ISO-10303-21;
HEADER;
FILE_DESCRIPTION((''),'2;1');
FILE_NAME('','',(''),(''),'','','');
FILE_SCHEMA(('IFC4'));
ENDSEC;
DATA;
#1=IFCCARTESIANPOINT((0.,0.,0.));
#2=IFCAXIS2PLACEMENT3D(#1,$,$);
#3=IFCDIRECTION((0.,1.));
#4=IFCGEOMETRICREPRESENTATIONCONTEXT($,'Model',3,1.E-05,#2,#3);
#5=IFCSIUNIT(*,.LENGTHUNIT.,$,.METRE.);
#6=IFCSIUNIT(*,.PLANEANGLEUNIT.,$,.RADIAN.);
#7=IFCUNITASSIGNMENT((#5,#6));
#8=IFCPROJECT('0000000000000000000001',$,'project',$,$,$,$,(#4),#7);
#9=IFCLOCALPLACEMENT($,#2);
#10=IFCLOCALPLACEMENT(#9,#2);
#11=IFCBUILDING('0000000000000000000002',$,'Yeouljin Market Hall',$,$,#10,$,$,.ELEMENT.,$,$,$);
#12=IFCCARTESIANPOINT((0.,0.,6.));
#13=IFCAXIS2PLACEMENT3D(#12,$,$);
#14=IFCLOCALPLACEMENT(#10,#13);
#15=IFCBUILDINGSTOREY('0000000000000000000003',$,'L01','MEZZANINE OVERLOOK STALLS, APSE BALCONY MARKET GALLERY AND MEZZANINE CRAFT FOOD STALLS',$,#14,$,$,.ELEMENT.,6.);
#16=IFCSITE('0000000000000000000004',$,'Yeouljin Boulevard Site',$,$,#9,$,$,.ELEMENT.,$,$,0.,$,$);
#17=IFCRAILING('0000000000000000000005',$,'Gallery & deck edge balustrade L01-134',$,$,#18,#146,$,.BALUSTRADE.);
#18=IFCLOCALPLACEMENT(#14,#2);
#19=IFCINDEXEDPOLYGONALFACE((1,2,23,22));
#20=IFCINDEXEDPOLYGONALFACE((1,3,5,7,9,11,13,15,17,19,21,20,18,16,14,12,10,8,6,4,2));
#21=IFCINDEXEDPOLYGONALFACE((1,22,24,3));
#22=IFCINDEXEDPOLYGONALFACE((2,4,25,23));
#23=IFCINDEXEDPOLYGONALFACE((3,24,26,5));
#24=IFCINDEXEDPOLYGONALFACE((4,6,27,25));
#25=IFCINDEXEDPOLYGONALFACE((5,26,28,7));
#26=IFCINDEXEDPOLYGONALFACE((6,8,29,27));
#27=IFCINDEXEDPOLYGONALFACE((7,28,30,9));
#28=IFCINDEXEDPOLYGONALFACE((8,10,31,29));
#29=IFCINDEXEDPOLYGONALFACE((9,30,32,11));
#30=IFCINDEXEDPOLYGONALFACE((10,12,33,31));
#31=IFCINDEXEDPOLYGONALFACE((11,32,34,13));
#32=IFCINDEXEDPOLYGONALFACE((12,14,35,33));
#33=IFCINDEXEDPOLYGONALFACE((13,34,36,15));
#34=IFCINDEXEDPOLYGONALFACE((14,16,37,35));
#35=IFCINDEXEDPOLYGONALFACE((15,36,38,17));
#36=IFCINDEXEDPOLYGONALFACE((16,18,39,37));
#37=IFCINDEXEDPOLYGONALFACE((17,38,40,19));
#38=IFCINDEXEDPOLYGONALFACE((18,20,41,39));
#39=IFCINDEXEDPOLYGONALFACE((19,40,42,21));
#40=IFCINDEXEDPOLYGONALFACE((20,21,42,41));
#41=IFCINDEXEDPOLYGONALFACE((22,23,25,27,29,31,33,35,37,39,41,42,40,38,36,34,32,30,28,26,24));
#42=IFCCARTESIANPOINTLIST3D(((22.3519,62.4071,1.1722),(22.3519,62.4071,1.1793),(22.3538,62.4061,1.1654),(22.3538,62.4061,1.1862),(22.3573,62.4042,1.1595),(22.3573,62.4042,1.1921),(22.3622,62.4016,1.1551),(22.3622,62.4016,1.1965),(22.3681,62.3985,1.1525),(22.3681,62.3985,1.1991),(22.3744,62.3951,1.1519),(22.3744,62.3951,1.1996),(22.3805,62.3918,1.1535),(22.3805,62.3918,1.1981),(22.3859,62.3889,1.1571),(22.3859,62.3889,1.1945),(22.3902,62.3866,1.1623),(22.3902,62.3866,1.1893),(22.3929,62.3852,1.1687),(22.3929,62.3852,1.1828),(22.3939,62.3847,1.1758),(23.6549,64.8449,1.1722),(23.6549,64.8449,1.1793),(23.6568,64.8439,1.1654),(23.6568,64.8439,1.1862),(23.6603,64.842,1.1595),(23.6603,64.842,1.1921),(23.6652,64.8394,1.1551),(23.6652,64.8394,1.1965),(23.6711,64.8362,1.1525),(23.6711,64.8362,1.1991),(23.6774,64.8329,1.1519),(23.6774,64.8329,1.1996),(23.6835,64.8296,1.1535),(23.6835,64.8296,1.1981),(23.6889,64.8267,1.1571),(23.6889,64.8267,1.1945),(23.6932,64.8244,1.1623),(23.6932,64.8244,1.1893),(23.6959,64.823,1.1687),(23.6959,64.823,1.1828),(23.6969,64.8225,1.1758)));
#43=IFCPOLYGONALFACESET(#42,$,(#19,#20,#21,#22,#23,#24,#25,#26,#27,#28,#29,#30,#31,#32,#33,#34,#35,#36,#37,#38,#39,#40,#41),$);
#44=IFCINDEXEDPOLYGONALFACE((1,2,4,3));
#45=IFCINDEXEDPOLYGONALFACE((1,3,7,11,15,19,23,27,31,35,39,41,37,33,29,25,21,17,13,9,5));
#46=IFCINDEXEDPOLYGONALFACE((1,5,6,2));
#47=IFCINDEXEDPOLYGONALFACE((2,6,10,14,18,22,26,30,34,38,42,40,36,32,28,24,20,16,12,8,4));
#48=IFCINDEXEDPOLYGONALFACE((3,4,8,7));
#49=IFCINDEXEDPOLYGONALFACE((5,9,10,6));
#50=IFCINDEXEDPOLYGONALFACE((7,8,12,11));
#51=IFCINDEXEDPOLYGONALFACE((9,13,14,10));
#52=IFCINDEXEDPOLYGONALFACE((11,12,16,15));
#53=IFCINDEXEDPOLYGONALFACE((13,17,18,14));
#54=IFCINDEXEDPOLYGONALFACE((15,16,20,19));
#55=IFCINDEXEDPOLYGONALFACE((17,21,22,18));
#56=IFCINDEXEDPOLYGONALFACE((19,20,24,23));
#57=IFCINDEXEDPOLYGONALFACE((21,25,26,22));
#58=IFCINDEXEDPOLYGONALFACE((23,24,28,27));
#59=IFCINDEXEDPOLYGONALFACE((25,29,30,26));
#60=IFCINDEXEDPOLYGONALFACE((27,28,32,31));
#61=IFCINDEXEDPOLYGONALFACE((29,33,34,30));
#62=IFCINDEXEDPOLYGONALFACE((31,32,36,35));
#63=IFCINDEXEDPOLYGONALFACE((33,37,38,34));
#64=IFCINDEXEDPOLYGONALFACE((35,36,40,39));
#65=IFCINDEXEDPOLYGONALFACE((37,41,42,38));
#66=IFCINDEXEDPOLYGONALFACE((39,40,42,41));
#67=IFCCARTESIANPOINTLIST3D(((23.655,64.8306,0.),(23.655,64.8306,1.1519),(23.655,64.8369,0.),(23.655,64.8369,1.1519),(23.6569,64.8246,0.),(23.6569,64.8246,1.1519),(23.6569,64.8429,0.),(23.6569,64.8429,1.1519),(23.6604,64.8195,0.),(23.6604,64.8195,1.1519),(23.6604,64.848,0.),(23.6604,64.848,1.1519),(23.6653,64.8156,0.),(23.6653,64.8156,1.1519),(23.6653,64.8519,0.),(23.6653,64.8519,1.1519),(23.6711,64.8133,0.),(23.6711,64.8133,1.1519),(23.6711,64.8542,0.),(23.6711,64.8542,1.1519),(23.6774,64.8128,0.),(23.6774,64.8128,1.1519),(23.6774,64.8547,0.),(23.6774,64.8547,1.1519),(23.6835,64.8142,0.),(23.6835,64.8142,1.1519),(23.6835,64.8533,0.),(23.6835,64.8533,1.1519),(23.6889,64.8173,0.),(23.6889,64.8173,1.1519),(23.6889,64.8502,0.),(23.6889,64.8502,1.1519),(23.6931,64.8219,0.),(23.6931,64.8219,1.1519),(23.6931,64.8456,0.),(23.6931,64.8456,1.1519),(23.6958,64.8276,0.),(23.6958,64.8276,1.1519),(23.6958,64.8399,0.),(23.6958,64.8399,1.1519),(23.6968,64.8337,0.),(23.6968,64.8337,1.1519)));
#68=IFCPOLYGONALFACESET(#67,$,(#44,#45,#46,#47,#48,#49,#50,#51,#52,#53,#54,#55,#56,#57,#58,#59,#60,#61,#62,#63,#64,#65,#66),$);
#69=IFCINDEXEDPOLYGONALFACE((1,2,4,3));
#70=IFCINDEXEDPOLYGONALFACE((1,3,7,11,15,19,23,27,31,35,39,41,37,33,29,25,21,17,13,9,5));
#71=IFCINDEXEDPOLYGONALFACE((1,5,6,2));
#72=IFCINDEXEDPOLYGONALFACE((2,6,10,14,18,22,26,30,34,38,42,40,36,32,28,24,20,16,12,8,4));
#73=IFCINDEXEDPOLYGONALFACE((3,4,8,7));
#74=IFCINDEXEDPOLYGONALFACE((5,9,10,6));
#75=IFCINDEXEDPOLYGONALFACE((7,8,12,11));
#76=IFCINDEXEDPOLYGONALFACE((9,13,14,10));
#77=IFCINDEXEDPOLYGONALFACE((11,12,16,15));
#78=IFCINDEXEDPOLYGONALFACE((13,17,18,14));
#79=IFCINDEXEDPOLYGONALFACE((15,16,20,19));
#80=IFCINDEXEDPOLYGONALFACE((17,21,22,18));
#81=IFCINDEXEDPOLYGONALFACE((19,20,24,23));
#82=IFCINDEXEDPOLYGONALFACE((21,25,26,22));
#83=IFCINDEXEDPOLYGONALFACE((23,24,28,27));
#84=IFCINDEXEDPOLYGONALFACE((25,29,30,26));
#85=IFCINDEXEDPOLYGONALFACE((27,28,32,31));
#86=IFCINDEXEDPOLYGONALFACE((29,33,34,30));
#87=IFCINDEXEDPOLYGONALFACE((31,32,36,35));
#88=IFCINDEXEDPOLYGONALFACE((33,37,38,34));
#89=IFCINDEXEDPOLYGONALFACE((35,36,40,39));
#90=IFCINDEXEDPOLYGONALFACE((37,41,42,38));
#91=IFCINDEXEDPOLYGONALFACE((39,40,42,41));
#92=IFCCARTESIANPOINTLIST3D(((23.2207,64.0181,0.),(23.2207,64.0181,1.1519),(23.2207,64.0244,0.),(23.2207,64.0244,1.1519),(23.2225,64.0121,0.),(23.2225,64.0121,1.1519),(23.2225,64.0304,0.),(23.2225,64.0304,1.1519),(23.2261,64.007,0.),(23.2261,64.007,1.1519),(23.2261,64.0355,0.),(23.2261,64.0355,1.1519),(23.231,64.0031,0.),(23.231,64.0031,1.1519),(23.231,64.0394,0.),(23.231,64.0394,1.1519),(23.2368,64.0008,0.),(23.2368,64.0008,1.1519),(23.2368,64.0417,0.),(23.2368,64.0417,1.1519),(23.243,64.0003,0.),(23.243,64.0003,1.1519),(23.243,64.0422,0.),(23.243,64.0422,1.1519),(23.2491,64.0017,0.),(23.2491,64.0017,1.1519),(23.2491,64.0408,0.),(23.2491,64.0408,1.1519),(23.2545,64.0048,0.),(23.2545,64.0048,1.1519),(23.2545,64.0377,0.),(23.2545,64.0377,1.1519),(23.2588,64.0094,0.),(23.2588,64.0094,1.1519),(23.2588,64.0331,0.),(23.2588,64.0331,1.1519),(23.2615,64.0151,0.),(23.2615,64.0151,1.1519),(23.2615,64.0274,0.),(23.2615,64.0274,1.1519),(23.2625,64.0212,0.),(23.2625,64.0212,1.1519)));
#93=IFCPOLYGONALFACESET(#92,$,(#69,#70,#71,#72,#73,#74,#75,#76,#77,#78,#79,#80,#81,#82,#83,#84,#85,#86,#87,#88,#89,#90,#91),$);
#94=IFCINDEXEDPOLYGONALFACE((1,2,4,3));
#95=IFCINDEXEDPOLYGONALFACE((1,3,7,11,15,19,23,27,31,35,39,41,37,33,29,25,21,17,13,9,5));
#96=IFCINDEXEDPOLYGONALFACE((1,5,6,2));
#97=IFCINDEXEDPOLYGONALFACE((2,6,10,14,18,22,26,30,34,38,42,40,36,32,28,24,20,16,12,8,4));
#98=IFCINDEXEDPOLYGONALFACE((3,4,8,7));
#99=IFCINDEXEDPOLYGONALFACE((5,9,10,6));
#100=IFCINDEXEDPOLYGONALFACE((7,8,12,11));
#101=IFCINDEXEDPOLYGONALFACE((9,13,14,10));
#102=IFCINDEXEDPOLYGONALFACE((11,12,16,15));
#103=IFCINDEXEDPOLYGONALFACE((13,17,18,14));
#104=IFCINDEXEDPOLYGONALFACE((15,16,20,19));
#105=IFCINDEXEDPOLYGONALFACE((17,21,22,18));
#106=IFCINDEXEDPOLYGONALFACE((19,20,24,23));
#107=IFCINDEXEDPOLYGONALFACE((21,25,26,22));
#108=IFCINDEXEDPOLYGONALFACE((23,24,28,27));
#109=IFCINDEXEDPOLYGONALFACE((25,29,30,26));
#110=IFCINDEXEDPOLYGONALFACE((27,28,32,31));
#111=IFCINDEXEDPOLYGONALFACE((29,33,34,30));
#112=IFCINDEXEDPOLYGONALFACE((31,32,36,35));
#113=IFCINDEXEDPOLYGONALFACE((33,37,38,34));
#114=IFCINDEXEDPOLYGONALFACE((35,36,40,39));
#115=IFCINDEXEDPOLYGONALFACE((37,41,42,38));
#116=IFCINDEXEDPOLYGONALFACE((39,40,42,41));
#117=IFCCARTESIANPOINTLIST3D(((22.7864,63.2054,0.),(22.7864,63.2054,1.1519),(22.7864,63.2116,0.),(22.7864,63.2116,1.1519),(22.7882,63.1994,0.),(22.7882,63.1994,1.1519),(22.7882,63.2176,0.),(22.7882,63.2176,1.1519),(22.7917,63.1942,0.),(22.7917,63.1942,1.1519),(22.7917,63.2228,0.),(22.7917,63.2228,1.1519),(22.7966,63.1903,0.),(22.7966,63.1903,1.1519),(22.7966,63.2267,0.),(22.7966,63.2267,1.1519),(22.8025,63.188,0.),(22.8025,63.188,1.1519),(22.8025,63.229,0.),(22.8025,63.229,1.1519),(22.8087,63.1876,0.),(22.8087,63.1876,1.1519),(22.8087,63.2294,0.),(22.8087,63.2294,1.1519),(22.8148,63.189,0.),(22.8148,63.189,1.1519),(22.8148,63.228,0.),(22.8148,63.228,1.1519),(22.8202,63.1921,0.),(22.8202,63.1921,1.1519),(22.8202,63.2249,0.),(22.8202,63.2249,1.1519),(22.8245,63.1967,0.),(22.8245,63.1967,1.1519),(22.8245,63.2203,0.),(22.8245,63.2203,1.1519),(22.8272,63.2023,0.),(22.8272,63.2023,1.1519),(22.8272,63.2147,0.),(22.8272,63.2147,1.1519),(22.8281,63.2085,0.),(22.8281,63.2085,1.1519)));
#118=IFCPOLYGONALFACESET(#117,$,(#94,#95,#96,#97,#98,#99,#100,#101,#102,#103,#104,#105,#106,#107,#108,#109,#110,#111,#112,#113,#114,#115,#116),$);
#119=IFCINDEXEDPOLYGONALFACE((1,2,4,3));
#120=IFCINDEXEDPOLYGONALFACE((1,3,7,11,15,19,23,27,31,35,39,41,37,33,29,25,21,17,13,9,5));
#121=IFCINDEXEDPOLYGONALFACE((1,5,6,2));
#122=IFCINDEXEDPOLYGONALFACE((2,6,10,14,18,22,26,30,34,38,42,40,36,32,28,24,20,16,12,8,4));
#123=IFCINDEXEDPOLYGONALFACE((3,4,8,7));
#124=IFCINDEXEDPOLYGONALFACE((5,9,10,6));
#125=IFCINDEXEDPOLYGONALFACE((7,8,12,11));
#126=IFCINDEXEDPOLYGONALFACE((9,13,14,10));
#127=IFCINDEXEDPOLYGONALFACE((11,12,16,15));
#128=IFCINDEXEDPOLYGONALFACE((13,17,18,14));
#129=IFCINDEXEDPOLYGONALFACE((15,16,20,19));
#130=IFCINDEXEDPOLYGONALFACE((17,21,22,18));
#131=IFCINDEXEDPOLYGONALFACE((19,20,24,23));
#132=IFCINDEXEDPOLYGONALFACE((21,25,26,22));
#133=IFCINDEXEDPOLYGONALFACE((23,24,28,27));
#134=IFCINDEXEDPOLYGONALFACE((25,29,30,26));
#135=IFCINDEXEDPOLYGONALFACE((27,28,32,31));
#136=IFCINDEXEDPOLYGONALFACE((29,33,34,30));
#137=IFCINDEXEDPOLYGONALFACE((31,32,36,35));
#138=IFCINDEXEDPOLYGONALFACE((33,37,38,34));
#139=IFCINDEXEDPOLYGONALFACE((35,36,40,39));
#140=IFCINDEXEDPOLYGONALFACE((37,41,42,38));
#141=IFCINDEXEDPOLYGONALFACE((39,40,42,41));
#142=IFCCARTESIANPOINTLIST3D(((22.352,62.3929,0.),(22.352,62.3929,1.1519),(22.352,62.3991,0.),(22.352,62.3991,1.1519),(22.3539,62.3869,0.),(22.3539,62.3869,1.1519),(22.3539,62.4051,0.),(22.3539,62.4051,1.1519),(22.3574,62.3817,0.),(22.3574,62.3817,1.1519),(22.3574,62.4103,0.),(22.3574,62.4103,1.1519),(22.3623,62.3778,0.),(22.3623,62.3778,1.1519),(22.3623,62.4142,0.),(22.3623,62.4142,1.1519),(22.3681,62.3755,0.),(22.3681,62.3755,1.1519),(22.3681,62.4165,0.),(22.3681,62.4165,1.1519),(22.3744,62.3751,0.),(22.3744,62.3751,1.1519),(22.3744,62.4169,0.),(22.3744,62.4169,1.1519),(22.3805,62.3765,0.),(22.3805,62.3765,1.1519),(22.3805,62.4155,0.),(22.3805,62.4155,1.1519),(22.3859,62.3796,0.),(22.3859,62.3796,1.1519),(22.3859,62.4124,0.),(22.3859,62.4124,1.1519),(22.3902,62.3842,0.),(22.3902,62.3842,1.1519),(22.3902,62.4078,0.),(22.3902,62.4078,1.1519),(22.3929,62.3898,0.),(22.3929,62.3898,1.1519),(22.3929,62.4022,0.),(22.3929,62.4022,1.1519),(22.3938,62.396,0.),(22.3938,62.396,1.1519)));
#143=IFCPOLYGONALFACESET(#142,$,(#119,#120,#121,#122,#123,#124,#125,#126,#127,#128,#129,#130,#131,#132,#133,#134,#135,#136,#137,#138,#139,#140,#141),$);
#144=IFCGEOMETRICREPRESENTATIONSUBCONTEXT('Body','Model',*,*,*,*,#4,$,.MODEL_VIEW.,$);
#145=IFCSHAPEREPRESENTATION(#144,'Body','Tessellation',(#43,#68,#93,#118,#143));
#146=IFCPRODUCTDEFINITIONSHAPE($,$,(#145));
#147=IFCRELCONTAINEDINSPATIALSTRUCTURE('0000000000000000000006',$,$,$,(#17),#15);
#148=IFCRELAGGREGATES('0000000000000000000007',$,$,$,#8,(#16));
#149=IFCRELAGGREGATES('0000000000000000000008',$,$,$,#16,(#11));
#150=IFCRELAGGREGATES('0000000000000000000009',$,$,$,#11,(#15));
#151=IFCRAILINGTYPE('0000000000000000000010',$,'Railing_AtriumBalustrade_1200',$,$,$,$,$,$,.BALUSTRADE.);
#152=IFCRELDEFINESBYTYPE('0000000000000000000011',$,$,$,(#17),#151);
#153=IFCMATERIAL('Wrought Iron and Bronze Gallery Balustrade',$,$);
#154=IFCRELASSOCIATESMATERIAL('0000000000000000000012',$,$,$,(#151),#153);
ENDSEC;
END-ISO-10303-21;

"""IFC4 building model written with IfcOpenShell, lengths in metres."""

from ifc_helpers import new_model, si_unit, direction, frame, origin, origin_2d, place, context, subcontext, project, spatial, circle, extrude, material, type_object, element, save


model = new_model("IFC4")

# Units and contexts
model_context = context("Model", 3, precision=1e-05, world=origin(), true_north=direction((0.0, 1.0)))
body_context = subcontext(model_context, "Body", "Model", "MODEL_VIEW")
ifc_project = project(units=[si_unit("LENGTHUNIT", "METRE"), si_unit("PLANEANGLEUNIT", "RADIAN")], contexts=[model_context])

# Site, building, storey
site_placement = place(None, origin())
site = spatial("IfcSite", under=ifc_project, at=site_placement, Name="Yeouljin Boulevard Site", CompositionType="ELEMENT", RefElevation=0.0)
building_placement = place(site_placement, origin())
building = spatial("IfcBuilding", under=site, at=building_placement, Name="Yeouljin Market Hall", CompositionType="ELEMENT")
storey_placement = place(building_placement, frame((0.0, 0.0, 6.0)))
storey = spatial("IfcBuildingStorey", under=building, at=storey_placement, Name="L01", Description="MEZZANINE OVERLOOK STALLS, APSE BALCONY MARKET GALLERY AND MEZZANINE CRAFT FOOD STALLS", CompositionType="ELEMENT", Elevation=6.0)

# Railing
ifc_material_1 = material(Name="Wrought Iron and Bronze Gallery Balustrade")
railing_type = type_object("IfcRailingType", Name="Railing_AtriumBalustrade_1200", PredefinedType="BALUSTRADE", material=ifc_material_1)
railing_1_placement = place(storey_placement, frame((23.6758, 64.8337, 0.0)))
element("IfcRailing", 1, at=railing_1_placement, inside=storey, type_object=railing_type, Name="Gallery & deck edge balustrade L01-134", PredefinedType="BALUSTRADE", context=body_context, shape_type="SweptSolid", body=[
    extrude(circle(Radius=0.0239, at=origin_2d()), frame((0.0, 0.0, 1.1758), z_axis=(-0.47139, -0.881925, 0.0), x_axis=(0.881925, -0.47139, 0.0)), (0.0, 0.0, 1.0), 2.7642),
    extrude(circle(Radius=0.021, at=origin_2d()), origin(), (0.0, 0.0, 1.0), 1.1519),
    extrude(circle(Radius=0.021, at=origin_2d()), frame((-0.4343, -0.8125, 0.0)), (0.0, 0.0, 1.0), 1.1519),
    extrude(circle(Radius=0.021, at=origin_2d()), frame((-0.8687, -1.6252, 0.0)), (0.0, 0.0, 1.0), 1.1519),
    extrude(circle(Radius=0.021, at=origin_2d()), frame((-1.303, -2.4377, 0.0)), (0.0, 0.0, 1.0), 1.1519),
])

save(model, "model.ifc")
